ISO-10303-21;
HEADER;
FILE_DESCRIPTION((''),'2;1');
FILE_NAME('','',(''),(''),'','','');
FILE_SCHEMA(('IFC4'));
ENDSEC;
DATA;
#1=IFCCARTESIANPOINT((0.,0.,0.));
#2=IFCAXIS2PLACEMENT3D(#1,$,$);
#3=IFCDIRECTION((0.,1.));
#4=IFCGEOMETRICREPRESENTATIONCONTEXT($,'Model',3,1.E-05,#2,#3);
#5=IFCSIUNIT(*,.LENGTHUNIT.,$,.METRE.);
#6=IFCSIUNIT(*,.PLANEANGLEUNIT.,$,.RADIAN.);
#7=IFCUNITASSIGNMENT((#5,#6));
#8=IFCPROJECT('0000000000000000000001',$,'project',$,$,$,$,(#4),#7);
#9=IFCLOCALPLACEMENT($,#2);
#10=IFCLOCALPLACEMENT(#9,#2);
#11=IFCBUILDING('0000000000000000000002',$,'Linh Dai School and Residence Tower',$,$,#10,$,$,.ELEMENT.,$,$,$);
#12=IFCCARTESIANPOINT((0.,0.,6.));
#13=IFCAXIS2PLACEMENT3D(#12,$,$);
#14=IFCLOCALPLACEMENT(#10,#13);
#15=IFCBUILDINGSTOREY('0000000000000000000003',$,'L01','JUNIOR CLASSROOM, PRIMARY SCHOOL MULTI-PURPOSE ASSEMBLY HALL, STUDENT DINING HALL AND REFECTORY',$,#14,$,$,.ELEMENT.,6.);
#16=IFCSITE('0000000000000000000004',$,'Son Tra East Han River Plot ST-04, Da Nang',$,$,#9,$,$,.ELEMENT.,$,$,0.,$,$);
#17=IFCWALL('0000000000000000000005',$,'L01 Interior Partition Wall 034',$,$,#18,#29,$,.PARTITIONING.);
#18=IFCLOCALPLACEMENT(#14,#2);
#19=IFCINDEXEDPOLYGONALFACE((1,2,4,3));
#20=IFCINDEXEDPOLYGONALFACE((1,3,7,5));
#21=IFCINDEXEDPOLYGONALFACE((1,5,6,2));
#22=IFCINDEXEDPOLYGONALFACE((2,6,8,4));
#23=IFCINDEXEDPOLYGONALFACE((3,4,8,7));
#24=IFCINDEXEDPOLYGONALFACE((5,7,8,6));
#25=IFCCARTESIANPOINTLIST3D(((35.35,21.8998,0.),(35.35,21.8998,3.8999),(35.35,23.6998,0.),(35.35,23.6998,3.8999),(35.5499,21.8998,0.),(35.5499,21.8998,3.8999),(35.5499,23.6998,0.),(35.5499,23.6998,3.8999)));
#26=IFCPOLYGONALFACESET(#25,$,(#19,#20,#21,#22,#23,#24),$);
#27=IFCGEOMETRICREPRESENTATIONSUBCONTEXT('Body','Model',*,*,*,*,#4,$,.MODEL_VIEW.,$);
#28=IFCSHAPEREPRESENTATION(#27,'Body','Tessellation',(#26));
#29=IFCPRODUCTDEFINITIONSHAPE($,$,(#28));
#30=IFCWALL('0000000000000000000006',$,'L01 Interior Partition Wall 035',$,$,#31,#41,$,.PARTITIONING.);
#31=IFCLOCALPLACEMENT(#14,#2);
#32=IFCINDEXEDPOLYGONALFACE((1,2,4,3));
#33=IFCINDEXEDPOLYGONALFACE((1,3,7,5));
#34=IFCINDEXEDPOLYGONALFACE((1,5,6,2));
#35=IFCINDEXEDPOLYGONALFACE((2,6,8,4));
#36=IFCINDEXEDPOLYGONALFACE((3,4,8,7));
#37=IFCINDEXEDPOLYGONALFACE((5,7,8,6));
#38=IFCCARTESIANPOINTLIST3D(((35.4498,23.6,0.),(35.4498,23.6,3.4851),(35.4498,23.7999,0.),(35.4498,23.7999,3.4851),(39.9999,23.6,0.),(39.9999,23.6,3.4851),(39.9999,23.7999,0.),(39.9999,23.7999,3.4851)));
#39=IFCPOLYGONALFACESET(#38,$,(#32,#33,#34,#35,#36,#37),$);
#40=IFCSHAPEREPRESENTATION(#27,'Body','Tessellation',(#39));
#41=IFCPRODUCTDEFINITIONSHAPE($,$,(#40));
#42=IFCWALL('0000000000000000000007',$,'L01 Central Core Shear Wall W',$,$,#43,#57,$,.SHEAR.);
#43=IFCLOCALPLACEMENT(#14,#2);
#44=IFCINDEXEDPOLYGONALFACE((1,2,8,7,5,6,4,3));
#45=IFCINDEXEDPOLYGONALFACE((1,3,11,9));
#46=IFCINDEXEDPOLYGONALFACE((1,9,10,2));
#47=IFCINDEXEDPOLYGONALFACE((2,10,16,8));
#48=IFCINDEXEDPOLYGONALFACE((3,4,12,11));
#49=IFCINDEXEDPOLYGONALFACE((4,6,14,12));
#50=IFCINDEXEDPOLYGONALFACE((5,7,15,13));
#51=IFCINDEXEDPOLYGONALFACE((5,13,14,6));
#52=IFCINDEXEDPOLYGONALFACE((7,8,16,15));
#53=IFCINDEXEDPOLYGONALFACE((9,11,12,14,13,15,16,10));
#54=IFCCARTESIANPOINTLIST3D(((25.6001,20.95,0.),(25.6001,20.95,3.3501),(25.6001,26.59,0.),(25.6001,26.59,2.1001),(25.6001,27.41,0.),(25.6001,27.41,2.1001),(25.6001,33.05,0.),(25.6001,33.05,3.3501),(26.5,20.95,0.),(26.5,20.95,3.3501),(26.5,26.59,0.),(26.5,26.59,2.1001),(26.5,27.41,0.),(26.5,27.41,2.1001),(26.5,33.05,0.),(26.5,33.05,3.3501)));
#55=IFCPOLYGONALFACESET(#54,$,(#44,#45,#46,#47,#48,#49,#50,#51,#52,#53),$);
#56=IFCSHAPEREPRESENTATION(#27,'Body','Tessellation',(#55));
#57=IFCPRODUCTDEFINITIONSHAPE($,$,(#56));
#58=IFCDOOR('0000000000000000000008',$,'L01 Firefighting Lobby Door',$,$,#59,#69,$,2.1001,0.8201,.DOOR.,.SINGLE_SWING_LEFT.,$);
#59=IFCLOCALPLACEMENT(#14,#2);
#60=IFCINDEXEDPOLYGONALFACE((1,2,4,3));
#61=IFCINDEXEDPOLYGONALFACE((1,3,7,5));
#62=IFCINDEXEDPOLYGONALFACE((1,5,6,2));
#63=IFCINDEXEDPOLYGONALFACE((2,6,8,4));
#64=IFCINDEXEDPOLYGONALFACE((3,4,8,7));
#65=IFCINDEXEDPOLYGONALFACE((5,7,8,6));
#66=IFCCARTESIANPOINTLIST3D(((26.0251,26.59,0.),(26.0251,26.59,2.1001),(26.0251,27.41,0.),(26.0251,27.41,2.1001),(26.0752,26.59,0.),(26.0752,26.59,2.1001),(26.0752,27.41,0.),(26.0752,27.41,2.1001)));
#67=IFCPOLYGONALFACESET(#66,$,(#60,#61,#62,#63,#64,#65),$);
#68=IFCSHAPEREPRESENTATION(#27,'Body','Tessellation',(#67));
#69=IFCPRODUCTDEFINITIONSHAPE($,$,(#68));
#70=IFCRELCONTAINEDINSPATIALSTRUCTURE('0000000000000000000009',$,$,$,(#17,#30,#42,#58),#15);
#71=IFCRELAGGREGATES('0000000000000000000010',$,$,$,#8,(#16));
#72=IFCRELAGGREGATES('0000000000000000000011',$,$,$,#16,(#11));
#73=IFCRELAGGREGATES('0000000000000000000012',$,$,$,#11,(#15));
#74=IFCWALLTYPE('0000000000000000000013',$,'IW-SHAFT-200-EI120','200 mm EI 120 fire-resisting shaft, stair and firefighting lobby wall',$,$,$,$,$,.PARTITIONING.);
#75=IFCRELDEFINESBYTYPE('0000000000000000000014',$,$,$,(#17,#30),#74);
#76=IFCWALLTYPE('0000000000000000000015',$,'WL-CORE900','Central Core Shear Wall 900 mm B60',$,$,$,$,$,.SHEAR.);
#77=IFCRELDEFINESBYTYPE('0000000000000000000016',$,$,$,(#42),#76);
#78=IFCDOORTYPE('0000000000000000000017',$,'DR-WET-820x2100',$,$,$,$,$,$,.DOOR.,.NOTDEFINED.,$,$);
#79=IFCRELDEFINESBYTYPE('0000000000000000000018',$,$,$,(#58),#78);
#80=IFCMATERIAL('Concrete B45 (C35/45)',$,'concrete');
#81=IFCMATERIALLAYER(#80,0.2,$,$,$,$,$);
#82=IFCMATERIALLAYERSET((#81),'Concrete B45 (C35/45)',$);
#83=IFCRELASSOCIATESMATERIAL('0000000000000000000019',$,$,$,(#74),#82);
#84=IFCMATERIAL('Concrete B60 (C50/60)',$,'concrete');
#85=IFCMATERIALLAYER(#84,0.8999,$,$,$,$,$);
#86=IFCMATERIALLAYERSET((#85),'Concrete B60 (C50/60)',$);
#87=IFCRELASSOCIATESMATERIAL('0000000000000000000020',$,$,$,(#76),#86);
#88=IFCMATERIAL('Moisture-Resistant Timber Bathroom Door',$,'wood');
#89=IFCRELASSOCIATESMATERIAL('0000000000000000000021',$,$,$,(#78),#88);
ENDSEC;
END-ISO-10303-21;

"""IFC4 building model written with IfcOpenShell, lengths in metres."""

from ifc_helpers import new_model, si_unit, direction, frame, frame_2d, origin, origin_2d, place, context, subcontext, project, spatial, rectangle, extrude, source, transform, mapped, material, layer, layer_set, type_object, element, fill, save


model = new_model("IFC4")

# Units and contexts
model_context = context("Model", 3, precision=1e-05, world=origin(), true_north=direction((0.0, 1.0)))
body_context = subcontext(model_context, "Body", "Model", "MODEL_VIEW")
ifc_project = project(units=[si_unit("LENGTHUNIT", "METRE"), si_unit("PLANEANGLEUNIT", "RADIAN")], contexts=[model_context])

# Site, building, storey
site_placement = place(None, origin())
site = spatial("IfcSite", under=ifc_project, at=site_placement, Name="Son Tra East Han River Plot ST-04, Da Nang", CompositionType="ELEMENT", RefElevation=0.0)
building_placement = place(site_placement, origin())
building = spatial("IfcBuilding", under=site, at=building_placement, Name="Linh Dai School and Residence Tower", CompositionType="ELEMENT")
storey_placement = place(building_placement, frame((0.0, 0.0, 6.0)))
storey = spatial("IfcBuildingStorey", under=building, at=storey_placement, Name="L01", Description="JUNIOR CLASSROOM, PRIMARY SCHOOL MULTI-PURPOSE ASSEMBLY HALL, STUDENT DINING HALL AND REFECTORY", CompositionType="ELEMENT", Elevation=6.0)

# Shared definitions
ifc_material_1 = material(Name="Concrete B60 (C50/60)", Category="concrete")

# Walls
ifc_material_2 = material(Name="Concrete B45 (C35/45)", Category="concrete")
ifc_layer_1 = layer(ifc_material_2, 0.2)
ifc_layer_set_1 = layer_set([ifc_layer_1], Name="Concrete B45 (C35/45)")
wall_type_1 = type_object("IfcWallType", Name="IW-SHAFT-200-EI120", Description="200 mm EI 120 fire-resisting shaft, stair and firefighting lobby wall", PredefinedType="PARTITIONING", material=ifc_layer_set_1)
wall_1_placement = place(storey_placement, frame((35.45, 21.8999, 0.0), z_axis=(0.0, 0.0, 1.0), x_axis=(0.0, 1.0, 0.0)))
element("IfcWall", 1, at=wall_1_placement, inside=storey, type_object=wall_type_1, Name="L01 Interior Partition Wall 034", PredefinedType="PARTITIONING", context=body_context, shape_type="SweptSolid", body=[
    extrude(rectangle(XDim=1.8, YDim=0.2, at=frame_2d((0.8999, 0.0))), origin(), (0.0, 0.0, 1.0), 3.8999),
])
wall_2_placement = place(storey_placement, frame((35.45, 23.7, 0.0), z_axis=(0.0, 0.0, 1.0), x_axis=(1.0, 0.0, 0.0)))
element("IfcWall", 2, at=wall_2_placement, inside=storey, type_object=wall_type_1, Name="L01 Interior Partition Wall 035", PredefinedType="PARTITIONING", context=body_context, shape_type="SweptSolid", body=[
    extrude(rectangle(XDim=4.55, YDim=0.2, at=frame_2d((2.2749, 0.0))), origin(), (0.0, 0.0, 1.0), 3.4851),
])

# Wall, opening, door
ifc_layer_2 = layer(ifc_material_1, 0.8999)
ifc_layer_set_2 = layer_set([ifc_layer_2], Name="Concrete B60 (C50/60)")
wall_type_2 = type_object("IfcWallType", Name="WL-CORE900", Description="Central Core Shear Wall 900 mm B60", PredefinedType="SHEAR", material=ifc_layer_set_2)
wall_3_placement = place(storey_placement, frame((26.05, 20.95, 0.0), z_axis=(0.0, 0.0, 1.0), x_axis=(0.0, 1.0, 0.0)))
wall_3 = element("IfcWall", 3, at=wall_3_placement, inside=storey, type_object=wall_type_2, Name="L01 Central Core Shear Wall W", PredefinedType="SHEAR", context=body_context, shape_type="SweptSolid", body=[
    extrude(rectangle(XDim=12.1001, YDim=0.8999, at=frame_2d((6.05, 0.0))), origin(), (0.0, 0.0, 1.0), 3.3501),
])
opening_1_placement = place(wall_3_placement, frame((5.6399, 0.0, 0.0)))
opening_1 = element("IfcOpeningElement", 4, at=opening_1_placement, cuts=wall_3, PredefinedType="OPENING", context=body_context, shape_type="SweptSolid", body=[
    extrude(rectangle(XDim=0.8201, YDim=2.1001, at=origin_2d()), frame((0.4102, 0.46, 1.05), z_axis=(0.0, -1.0, 0.0), x_axis=(1.0, 0.0, 0.0)), (0.0, 0.0, 1.0), 0.9199),
])
ifc_material_3 = material(Name="Moisture-Resistant Timber Bathroom Door", Category="wood")
door_type_1 = type_object("IfcDoorType", Name="DR-WET-820x2100", OperationType="NOTDEFINED", PredefinedType="DOOR", material=ifc_material_3)
shared_shape_1 = source(origin(), body_context, "Body", "SweptSolid", [
    extrude(rectangle(XDim=0.8201, YDim=2.1001, at=origin_2d()), frame((0.4102, 0.0249, 1.05), z_axis=(0.0, -1.0, 0.0), x_axis=(1.0, 0.0, 0.0)), (0.0, 0.0, 1.0), 0.05),
])
door_1_placement = place(opening_1_placement, origin())
door_1 = element("IfcDoor", 5, at=door_1_placement, inside=storey, type_object=door_type_1, Name="L01 Firefighting Lobby Door", OperationType="SINGLE_SWING_LEFT", OverallHeight=2.1001, OverallWidth=0.8201, PredefinedType="DOOR", context=body_context, shape_type="MappedRepresentation", body=[
    mapped(shared_shape_1, transform((0.0, 0.0, 0.0), x_axis=(1.0, 0.0, 0.0), y_axis=(0.0, 1.0, 0.0), z_axis=(0.0, 0.0, 1.0), scale=1.0)),
])
fill(opening_1, door_1)

save(model, "model.ifc")
